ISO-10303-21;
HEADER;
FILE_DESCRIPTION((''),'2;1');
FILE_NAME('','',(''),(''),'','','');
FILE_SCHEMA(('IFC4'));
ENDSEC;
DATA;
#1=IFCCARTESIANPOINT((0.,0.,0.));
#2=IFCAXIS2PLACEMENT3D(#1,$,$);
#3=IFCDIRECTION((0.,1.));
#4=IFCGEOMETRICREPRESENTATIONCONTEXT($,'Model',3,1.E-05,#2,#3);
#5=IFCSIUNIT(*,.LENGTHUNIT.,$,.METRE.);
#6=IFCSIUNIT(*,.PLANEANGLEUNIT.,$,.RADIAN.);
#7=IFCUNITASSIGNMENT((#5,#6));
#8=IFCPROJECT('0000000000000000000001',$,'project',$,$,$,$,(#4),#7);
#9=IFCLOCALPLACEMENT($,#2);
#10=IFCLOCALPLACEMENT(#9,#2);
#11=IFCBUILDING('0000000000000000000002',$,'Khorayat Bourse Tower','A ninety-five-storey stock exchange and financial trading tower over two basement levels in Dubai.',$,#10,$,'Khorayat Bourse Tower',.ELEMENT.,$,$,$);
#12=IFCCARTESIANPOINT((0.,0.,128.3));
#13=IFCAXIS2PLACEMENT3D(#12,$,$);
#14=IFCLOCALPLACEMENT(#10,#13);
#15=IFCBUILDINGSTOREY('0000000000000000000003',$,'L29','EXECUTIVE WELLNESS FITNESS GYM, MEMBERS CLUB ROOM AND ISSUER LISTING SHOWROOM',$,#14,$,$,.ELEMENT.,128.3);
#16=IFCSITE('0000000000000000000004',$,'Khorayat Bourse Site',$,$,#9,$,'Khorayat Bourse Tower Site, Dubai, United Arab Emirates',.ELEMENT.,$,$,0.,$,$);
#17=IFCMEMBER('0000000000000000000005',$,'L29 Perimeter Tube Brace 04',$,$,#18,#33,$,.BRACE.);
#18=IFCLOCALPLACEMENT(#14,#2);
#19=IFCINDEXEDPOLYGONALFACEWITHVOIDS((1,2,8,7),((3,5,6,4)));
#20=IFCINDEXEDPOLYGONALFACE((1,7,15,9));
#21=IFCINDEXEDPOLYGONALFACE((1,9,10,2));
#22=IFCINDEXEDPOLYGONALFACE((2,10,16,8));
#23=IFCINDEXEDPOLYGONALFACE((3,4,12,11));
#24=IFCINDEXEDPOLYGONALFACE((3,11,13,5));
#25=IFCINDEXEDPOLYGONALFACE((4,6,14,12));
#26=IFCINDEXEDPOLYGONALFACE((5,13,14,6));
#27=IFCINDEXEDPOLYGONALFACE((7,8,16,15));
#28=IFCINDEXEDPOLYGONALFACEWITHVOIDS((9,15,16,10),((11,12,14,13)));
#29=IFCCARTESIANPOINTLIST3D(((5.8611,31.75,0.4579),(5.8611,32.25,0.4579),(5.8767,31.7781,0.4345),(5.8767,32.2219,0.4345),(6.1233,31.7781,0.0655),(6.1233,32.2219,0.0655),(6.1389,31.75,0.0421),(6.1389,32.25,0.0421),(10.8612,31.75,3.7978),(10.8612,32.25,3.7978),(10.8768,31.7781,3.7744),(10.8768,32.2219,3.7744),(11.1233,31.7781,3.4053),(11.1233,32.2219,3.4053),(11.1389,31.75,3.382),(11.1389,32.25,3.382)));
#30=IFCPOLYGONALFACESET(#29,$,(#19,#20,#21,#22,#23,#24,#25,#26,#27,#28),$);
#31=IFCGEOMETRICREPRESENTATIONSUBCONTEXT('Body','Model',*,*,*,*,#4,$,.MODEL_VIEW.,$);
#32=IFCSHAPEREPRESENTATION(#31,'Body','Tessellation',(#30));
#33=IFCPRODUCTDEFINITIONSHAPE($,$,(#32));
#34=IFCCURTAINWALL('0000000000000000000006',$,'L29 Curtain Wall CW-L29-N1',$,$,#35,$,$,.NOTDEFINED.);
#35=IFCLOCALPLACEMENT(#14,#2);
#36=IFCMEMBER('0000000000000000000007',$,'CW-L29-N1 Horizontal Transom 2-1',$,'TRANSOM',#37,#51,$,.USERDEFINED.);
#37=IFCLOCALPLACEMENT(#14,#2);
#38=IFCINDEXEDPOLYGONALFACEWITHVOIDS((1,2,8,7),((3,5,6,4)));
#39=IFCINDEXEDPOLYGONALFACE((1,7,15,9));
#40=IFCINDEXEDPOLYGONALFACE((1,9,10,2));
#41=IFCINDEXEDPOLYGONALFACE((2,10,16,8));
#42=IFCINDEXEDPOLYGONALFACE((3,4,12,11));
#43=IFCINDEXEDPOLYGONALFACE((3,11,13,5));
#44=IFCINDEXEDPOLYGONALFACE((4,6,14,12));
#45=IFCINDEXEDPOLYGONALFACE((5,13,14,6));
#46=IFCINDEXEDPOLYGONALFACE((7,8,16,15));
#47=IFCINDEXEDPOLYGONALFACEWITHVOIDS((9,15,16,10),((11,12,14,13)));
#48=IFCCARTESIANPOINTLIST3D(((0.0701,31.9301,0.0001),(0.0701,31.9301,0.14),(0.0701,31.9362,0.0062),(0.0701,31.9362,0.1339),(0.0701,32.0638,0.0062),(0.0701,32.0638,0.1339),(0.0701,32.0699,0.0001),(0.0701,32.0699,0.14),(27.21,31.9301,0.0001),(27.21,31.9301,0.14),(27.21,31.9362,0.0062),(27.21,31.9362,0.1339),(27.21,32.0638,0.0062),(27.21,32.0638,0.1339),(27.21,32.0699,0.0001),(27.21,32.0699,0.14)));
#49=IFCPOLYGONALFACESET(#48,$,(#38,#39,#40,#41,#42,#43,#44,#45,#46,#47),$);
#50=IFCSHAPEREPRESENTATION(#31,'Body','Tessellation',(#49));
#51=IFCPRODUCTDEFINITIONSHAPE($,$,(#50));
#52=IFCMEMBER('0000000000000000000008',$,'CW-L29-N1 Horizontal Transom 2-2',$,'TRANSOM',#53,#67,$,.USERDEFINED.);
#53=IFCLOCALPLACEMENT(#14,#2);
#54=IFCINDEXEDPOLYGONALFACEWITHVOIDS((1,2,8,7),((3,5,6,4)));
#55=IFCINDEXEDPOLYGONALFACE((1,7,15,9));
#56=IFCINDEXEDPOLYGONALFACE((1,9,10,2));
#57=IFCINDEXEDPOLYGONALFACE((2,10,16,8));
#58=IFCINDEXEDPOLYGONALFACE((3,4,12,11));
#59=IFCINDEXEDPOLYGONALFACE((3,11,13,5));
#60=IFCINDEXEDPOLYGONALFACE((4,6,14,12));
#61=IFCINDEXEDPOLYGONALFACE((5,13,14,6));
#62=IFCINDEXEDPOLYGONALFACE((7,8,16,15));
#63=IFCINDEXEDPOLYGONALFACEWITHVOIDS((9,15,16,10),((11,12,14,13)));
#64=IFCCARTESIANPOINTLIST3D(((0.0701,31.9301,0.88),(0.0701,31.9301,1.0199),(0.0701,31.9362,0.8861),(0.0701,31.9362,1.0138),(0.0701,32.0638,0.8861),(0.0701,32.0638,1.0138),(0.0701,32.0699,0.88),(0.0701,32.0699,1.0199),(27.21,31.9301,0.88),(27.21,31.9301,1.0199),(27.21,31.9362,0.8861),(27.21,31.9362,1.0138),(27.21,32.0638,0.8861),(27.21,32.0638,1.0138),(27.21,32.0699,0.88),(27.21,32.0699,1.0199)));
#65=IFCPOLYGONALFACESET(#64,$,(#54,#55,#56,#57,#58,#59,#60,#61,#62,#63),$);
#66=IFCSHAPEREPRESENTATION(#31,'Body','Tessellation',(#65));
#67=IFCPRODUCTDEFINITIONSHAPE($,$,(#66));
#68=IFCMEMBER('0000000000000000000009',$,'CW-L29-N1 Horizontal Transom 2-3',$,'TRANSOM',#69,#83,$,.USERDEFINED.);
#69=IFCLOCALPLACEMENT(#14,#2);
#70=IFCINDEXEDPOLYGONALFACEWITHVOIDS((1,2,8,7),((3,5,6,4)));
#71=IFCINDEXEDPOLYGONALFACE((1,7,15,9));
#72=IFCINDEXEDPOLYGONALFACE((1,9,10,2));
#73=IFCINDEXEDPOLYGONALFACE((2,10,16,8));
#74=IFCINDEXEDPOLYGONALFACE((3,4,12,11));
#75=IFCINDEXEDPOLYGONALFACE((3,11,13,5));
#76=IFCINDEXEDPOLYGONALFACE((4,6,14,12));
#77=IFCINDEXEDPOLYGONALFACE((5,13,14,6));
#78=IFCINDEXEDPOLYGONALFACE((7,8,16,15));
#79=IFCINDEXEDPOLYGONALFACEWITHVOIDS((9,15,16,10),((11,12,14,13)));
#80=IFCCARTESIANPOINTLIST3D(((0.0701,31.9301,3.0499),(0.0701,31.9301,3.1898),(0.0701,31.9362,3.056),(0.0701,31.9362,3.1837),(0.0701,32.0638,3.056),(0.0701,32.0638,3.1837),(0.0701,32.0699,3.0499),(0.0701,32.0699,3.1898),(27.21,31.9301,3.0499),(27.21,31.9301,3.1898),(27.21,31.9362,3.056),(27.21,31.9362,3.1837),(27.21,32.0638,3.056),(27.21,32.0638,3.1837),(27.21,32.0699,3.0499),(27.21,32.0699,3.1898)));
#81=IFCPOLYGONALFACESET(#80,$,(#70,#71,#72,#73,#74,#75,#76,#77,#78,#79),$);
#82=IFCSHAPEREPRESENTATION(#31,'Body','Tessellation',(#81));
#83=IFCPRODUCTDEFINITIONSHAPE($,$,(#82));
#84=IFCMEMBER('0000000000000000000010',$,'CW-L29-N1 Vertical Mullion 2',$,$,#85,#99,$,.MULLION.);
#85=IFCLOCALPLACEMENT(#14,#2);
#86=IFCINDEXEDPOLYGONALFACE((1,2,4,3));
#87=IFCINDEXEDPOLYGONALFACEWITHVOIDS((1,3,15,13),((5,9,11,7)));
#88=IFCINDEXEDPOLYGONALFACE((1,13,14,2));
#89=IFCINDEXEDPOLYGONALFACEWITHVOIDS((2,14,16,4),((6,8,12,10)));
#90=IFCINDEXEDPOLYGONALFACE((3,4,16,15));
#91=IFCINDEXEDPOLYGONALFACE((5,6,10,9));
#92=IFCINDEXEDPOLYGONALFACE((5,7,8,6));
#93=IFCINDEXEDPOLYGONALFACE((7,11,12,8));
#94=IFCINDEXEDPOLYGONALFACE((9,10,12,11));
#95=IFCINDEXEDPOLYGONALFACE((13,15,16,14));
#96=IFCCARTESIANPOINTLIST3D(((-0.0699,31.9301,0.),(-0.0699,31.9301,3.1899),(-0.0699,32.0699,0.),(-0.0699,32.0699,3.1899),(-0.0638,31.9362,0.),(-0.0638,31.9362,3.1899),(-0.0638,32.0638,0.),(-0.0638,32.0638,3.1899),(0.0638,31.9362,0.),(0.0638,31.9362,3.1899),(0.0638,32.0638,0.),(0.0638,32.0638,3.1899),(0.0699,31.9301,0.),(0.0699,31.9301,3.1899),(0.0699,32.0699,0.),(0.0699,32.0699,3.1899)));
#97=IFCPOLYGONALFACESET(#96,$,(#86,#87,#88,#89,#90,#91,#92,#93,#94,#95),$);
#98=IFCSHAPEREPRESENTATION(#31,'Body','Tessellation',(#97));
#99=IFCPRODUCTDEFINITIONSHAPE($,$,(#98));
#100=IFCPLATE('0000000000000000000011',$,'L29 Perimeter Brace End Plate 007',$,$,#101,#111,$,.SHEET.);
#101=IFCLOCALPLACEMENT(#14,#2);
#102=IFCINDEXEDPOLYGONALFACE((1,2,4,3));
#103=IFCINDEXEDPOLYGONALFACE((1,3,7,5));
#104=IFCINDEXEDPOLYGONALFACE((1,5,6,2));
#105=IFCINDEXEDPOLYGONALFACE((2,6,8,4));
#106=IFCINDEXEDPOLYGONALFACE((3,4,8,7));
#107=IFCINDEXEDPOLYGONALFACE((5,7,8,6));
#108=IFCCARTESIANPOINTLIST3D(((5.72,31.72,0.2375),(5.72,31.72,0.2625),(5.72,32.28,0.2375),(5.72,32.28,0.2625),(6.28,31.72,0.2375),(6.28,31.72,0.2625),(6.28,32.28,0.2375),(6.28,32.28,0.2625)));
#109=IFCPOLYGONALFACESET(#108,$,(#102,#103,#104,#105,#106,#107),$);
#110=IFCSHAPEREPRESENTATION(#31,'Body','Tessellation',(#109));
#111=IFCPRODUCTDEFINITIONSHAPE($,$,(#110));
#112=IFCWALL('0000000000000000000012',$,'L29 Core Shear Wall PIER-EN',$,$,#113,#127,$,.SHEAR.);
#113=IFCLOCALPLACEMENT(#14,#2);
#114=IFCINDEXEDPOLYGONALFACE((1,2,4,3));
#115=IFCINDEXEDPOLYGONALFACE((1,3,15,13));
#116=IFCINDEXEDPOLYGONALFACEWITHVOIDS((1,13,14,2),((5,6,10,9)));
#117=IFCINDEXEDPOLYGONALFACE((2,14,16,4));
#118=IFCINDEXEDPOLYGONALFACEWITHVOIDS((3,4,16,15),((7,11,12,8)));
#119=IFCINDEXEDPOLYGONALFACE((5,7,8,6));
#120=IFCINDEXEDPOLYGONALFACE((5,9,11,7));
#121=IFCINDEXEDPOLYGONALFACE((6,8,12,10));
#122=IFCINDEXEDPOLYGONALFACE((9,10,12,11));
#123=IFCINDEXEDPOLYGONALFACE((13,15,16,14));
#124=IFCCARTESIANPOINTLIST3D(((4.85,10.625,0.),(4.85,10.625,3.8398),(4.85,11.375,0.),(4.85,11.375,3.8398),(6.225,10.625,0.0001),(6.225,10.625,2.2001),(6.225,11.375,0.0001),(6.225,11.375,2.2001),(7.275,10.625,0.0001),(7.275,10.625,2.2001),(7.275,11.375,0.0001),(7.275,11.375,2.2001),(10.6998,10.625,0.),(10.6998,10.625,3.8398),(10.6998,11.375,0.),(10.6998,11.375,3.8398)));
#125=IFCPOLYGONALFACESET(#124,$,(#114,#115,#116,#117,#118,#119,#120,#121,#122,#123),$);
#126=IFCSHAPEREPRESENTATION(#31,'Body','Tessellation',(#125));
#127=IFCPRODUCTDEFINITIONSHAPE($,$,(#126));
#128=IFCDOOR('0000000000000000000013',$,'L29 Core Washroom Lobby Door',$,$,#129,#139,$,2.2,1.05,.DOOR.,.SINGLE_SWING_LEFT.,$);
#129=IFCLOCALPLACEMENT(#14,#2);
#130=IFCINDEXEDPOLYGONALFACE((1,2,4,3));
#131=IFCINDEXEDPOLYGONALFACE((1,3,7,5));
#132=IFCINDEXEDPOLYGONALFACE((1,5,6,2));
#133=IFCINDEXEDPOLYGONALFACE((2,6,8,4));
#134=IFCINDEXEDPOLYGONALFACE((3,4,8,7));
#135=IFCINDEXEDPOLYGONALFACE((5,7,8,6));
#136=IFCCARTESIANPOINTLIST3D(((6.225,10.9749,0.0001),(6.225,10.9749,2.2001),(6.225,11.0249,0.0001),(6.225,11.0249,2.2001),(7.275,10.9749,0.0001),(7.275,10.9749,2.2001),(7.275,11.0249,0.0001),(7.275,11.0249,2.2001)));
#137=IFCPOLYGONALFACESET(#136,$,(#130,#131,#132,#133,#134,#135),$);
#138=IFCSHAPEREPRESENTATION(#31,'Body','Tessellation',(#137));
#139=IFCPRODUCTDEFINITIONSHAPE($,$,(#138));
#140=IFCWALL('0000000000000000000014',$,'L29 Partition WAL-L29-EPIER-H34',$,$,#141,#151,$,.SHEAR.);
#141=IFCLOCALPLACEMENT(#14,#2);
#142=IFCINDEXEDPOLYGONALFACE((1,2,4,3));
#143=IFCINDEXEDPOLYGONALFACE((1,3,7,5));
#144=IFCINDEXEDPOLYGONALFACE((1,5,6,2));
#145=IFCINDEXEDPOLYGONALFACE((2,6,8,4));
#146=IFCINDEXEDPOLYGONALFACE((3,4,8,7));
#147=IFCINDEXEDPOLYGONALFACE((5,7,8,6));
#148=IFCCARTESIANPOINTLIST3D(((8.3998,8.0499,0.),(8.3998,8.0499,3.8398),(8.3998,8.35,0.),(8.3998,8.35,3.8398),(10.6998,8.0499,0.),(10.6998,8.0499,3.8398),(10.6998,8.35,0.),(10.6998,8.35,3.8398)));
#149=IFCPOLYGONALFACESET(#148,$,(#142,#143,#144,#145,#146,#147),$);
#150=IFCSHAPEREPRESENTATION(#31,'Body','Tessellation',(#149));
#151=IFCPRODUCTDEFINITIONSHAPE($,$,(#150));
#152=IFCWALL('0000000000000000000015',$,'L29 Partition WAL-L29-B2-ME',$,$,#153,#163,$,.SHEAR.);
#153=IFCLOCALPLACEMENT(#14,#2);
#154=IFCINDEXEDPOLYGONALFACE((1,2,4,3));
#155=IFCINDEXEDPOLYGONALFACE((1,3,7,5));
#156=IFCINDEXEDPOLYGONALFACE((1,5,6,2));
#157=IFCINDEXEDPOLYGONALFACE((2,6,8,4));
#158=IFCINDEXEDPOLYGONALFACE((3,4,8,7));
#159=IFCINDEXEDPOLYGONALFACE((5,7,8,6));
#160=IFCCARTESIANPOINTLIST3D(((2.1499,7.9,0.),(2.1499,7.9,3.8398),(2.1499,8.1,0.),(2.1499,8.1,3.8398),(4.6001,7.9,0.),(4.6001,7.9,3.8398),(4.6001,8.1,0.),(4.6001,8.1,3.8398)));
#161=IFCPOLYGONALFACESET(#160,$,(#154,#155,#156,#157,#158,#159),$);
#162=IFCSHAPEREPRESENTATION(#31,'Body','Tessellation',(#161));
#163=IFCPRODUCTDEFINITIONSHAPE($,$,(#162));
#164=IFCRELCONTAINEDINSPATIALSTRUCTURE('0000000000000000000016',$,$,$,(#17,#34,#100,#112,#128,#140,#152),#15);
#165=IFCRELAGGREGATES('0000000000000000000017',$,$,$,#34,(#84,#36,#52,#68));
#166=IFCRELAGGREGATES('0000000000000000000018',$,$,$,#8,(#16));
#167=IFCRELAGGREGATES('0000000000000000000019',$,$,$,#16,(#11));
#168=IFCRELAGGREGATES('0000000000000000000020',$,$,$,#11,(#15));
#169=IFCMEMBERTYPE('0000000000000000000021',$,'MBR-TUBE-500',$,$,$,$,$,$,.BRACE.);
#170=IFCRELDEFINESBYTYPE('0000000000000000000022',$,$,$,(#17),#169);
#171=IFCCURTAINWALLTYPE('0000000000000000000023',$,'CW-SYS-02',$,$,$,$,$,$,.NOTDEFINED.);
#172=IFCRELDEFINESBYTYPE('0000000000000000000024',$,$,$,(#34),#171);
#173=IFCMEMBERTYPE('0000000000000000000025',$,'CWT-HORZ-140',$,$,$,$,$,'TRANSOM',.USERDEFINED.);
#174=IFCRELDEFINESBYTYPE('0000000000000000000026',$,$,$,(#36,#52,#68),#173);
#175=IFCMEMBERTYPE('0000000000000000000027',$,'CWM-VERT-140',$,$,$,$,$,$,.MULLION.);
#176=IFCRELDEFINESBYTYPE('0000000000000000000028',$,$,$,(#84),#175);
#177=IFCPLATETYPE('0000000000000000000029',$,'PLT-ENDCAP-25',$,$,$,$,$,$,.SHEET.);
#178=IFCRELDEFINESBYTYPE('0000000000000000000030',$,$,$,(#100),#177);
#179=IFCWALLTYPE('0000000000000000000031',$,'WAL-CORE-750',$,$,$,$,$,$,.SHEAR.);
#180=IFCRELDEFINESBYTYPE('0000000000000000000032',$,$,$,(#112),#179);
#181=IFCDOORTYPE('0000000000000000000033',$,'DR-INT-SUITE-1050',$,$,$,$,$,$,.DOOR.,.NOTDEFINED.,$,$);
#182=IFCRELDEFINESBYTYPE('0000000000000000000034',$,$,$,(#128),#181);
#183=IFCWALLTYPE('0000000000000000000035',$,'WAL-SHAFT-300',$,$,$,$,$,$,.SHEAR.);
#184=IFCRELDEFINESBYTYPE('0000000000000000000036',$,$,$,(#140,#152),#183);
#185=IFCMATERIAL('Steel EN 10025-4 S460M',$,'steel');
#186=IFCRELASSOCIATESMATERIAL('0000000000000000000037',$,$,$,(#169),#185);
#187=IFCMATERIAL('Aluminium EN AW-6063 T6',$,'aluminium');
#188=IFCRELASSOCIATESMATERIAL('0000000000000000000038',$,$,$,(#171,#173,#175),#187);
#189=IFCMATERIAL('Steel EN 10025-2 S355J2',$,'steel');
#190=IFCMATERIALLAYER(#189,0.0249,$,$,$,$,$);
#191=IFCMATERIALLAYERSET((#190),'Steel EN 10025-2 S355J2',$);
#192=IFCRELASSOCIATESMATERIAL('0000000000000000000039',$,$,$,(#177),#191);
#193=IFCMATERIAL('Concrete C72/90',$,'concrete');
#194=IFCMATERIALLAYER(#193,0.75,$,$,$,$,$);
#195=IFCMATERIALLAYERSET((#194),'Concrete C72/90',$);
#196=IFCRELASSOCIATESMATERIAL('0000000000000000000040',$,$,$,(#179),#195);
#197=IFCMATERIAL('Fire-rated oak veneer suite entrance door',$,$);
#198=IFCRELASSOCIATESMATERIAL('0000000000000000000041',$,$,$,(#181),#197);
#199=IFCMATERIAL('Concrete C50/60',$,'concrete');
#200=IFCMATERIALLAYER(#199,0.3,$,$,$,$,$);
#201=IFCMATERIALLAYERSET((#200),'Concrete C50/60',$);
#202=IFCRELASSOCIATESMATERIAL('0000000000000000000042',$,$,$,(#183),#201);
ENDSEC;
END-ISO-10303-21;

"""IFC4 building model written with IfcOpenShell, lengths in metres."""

from ifc_helpers import new_model, si_unit, direction, frame, frame_2d, origin, origin_2d, place, context, subcontext, project, spatial, rectangle, hollow_rectangle, extrude, source, transform, mapped, material, layer, layer_set, material_profile, profile_set, type_object, element, fill, aggregate, save


model = new_model("IFC4")

# Units and contexts
model_context = context("Model", 3, precision=1e-05, world=origin(), true_north=direction((0.0, 1.0)))
body_context = subcontext(model_context, "Body", "Model", "MODEL_VIEW")
ifc_project = project(units=[si_unit("LENGTHUNIT", "METRE"), si_unit("PLANEANGLEUNIT", "RADIAN")], contexts=[model_context])

# Site, building, storey
site_placement = place(None, origin())
site = spatial("IfcSite", under=ifc_project, at=site_placement, Name="Khorayat Bourse Site", LongName="Khorayat Bourse Tower Site, Dubai, United Arab Emirates", CompositionType="ELEMENT", RefElevation=0.0)
building_placement = place(site_placement, origin())
building = spatial("IfcBuilding", under=site, at=building_placement, Name="Khorayat Bourse Tower", Description="A ninety-five-storey stock exchange and financial trading tower over two basement levels in Dubai.", LongName="Khorayat Bourse Tower", CompositionType="ELEMENT")
storey_placement = place(building_placement, frame((0.0, 0.0, 128.3)))
storey = spatial("IfcBuildingStorey", under=building, at=storey_placement, Name="L29", Description="EXECUTIVE WELLNESS FITNESS GYM, MEMBERS CLUB ROOM AND ISSUER LISTING SHOWROOM", CompositionType="ELEMENT", Elevation=128.3)

# Shared definitions
ifc_material_1 = material(Name="Steel EN 10025-4 S460M", Category="steel")
ifc_material_2 = material(Name="Concrete C72/90", Category="concrete")

# Member
ifc_material_profile_1 = material_profile(ifc_material_1, hollow_rectangle(XDim=0.5, YDim=0.5, WallThickness=0.0281, at=origin_2d()), Name="HSS 500x500x28")
ifc_profile_set_1 = profile_set([ifc_material_profile_1], Name="Steel EN 10025-4 S460M")
member_type_1 = type_object("IfcMemberType", Name="MBR-TUBE-500", PredefinedType="BRACE", material=ifc_profile_set_1)
shared_shape_1 = source(origin(), body_context, "Body", "SweptSolid", [
    extrude(hollow_rectangle(XDim=0.5, YDim=0.5, WallThickness=0.0281, at=origin_2d()), origin(), (0.0, 0.0, 1.0), 6.0129),
])
member_1_placement = place(storey_placement, frame((6.0, 32.0, 0.25), z_axis=(0.83155, 0.0, 0.55545), x_axis=(0.0, 1.0, 0.0)))
element("IfcMember", 1, at=member_1_placement, inside=storey, type_object=member_type_1, Name="L29 Perimeter Tube Brace 04", PredefinedType="BRACE", context=body_context, shape_type="MappedRepresentation", body=[
    mapped(shared_shape_1, transform((0.0, 0.0, 0.0), scale=1.0)),
])

# Curtain wall, members
ifc_material_3 = material(Name="Aluminium EN AW-6063 T6", Category="aluminium")
curtain_wall_type = type_object("IfcCurtainWallType", Name="CW-SYS-02", PredefinedType="NOTDEFINED", material=ifc_material_3)
curtain_wall_placement = place(storey_placement, origin())
curtain_wall = element("IfcCurtainWall", 2, at=curtain_wall_placement, inside=storey, type_object=curtain_wall_type, Name="L29 Curtain Wall CW-L29-N1", PredefinedType="NOTDEFINED")
ifc_material_profile_2 = material_profile(ifc_material_3, hollow_rectangle(XDim=0.1399, YDim=0.1399, WallThickness=0.0061, at=origin_2d()), Name="ALU 140x140x6")
ifc_profile_set_2 = profile_set([ifc_material_profile_2], Name="Aluminium EN AW-6063 T6")
member_type_2 = type_object("IfcMemberType", Name="CWT-HORZ-140", ElementType="TRANSOM", PredefinedType="USERDEFINED", material=ifc_profile_set_2)
shared_shape_2 = source(origin(), body_context, "Body", "SweptSolid", [
    extrude(hollow_rectangle(XDim=0.1399, YDim=0.1399, WallThickness=0.0061, at=origin_2d()), origin(), (0.0, 0.0, 1.0), 27.1399),
])
member_2_placement = place(storey_placement, frame((0.0701, 32.0, 0.0701), z_axis=(1.0, 0.0, 0.0), x_axis=(0.0, 1.0, 0.0)))
member_2 = element("IfcMember", 3, at=member_2_placement, type_object=member_type_2, Name="CW-L29-N1 Horizontal Transom 2-1", ObjectType="TRANSOM", PredefinedType="USERDEFINED", context=body_context, shape_type="MappedRepresentation", body=[
    mapped(shared_shape_2, transform((0.0, 0.0, 0.0), scale=1.0)),
])
member_3_placement = place(storey_placement, frame((0.0701, 32.0, 0.95), z_axis=(1.0, 0.0, 0.0), x_axis=(0.0, 1.0, 0.0)))
member_3 = element("IfcMember", 4, at=member_3_placement, type_object=member_type_2, Name="CW-L29-N1 Horizontal Transom 2-2", ObjectType="TRANSOM", PredefinedType="USERDEFINED", context=body_context, shape_type="MappedRepresentation", body=[
    mapped(shared_shape_2, transform((0.0, 0.0, 0.0), scale=1.0)),
])
member_4_placement = place(storey_placement, frame((0.0701, 32.0, 3.1199), z_axis=(1.0, 0.0, 0.0), x_axis=(0.0, 1.0, 0.0)))
member_4 = element("IfcMember", 5, at=member_4_placement, type_object=member_type_2, Name="CW-L29-N1 Horizontal Transom 2-3", ObjectType="TRANSOM", PredefinedType="USERDEFINED", context=body_context, shape_type="MappedRepresentation", body=[
    mapped(shared_shape_2, transform((0.0, 0.0, 0.0), scale=1.0)),
])
ifc_material_profile_3 = material_profile(ifc_material_3, hollow_rectangle(XDim=0.1399, YDim=0.1399, WallThickness=0.0061, at=origin_2d()), Name="ALU 140x140x6")
ifc_profile_set_3 = profile_set([ifc_material_profile_3], Name="Aluminium EN AW-6063 T6")
member_type_3 = type_object("IfcMemberType", Name="CWM-VERT-140", PredefinedType="MULLION", material=ifc_profile_set_3)
shared_shape_3 = source(origin(), body_context, "Body", "SweptSolid", [
    extrude(hollow_rectangle(XDim=0.1399, YDim=0.1399, WallThickness=0.0061, at=origin_2d()), origin(), (0.0, 0.0, 1.0), 3.1899),
])
member_5_placement = place(storey_placement, frame((0.0, 32.0, 0.0), z_axis=(0.0, 0.0, 1.0), x_axis=(0.0, 1.0, 0.0)))
member_5 = element("IfcMember", 6, at=member_5_placement, type_object=member_type_3, Name="CW-L29-N1 Vertical Mullion 2", PredefinedType="MULLION", context=body_context, shape_type="MappedRepresentation", body=[
    mapped(shared_shape_3, transform((0.0, 0.0, 0.0), scale=1.0)),
])
aggregate(curtain_wall, [member_5, member_2, member_3, member_4])

# Plate
ifc_material_4 = material(Name="Steel EN 10025-2 S355J2", Category="steel")
ifc_layer_1 = layer(ifc_material_4, 0.0249)
ifc_layer_set_1 = layer_set([ifc_layer_1], Name="Steel EN 10025-2 S355J2")
plate_type = type_object("IfcPlateType", Name="PLT-ENDCAP-25", PredefinedType="SHEET", material=ifc_layer_set_1)
shared_shape_4 = source(origin(), body_context, "Body", "SweptSolid", [
    extrude(rectangle(XDim=0.5601, YDim=0.5601, at=origin_2d()), origin(), (0.0, 0.0, 1.0), 0.0249),
])
plate_placement = place(storey_placement, frame((6.0, 32.0, 0.2375), z_axis=(0.0, 0.0, 1.0), x_axis=(1.0, 0.0, 0.0)))
element("IfcPlate", 7, at=plate_placement, inside=storey, type_object=plate_type, Name="L29 Perimeter Brace End Plate 007", PredefinedType="SHEET", context=body_context, shape_type="MappedRepresentation", body=[
    mapped(shared_shape_4, transform((0.0, 0.0, 0.0), scale=1.0)),
])

# Wall, opening, door
ifc_layer_2 = layer(ifc_material_2, 0.75)
ifc_layer_set_2 = layer_set([ifc_layer_2], Name="Concrete C72/90")
wall_type_1 = type_object("IfcWallType", Name="WAL-CORE-750", PredefinedType="SHEAR", material=ifc_layer_set_2)
shared_shape_5 = source(origin(), body_context, "Body", "SweptSolid", [
    extrude(rectangle(XDim=5.8499, YDim=0.75, at=frame_2d((2.9248, 0.0))), origin(), (0.0, 0.0, 1.0), 3.8398),
])
wall_1_placement = place(storey_placement, frame((4.8501, 11.0, 0.0), z_axis=(0.0, 0.0, 1.0), x_axis=(1.0, 0.0, 0.0)))
wall_1 = element("IfcWall", 8, at=wall_1_placement, inside=storey, type_object=wall_type_1, Name="L29 Core Shear Wall PIER-EN", PredefinedType="SHEAR", context=body_context, shape_type="MappedRepresentation", body=[
    mapped(shared_shape_5, transform((0.0, 0.0, 0.0), scale=1.0)),
])
shared_shape_6 = source(origin(), body_context, "Body", "SweptSolid", [
    extrude(rectangle(XDim=1.05, YDim=2.2, at=frame_2d((0.5249, 1.1001))), frame((0.0, 0.385, 0.0), z_axis=(0.0, -1.0, 0.0), x_axis=(1.0, 0.0, 0.0)), (0.0, 0.0, 1.0), 0.77),
])
opening_1_placement = place(wall_1_placement, frame((1.375, 0.0, 0.0)))
opening_1 = element("IfcOpeningElement", 9, at=opening_1_placement, cuts=wall_1, PredefinedType="OPENING", context=body_context, shape_type="MappedRepresentation", body=[
    mapped(shared_shape_6, transform((0.0, 0.0, 0.0), scale=1.0)),
])
ifc_material_5 = material(Name="Fire-rated oak veneer suite entrance door")
door_type_1 = type_object("IfcDoorType", Name="DR-INT-SUITE-1050", OperationType="NOTDEFINED", PredefinedType="DOOR", material=ifc_material_5)
shared_shape_7 = source(origin(), body_context, "Body", "SweptSolid", [
    extrude(rectangle(XDim=1.05, YDim=2.2, at=frame_2d((0.5249, 1.1001))), frame((0.0, 0.0249, 0.0), z_axis=(0.0, -1.0, 0.0), x_axis=(1.0, 0.0, 0.0)), (0.0, 0.0, 1.0), 0.05),
])
door_1_placement = place(opening_1_placement, origin())
door_1 = element("IfcDoor", 10, at=door_1_placement, inside=storey, type_object=door_type_1, Name="L29 Core Washroom Lobby Door", OperationType="SINGLE_SWING_LEFT", OverallHeight=2.2, OverallWidth=1.05, PredefinedType="DOOR", context=body_context, shape_type="MappedRepresentation", body=[
    mapped(shared_shape_7, transform((0.0, 0.0, 0.0), scale=1.0)),
])
fill(opening_1, door_1)

# Wall
ifc_material_6 = material(Name="Concrete C50/60", Category="concrete")
ifc_layer_3 = layer(ifc_material_6, 0.3)
ifc_layer_set_3 = layer_set([ifc_layer_3], Name="Concrete C50/60")
wall_type_2 = type_object("IfcWallType", Name="WAL-SHAFT-300", PredefinedType="SHEAR", material=ifc_layer_set_3)
shared_shape_8 = source(origin(), body_context, "Body", "SweptSolid", [
    extrude(rectangle(XDim=2.3, YDim=0.3, at=frame_2d((1.1499, 0.0))), origin(), (0.0, 0.0, 1.0), 3.8398),
])
wall_2_placement = place(storey_placement, frame((8.3999, 8.2, 0.0), z_axis=(0.0, 0.0, 1.0), x_axis=(1.0, 0.0, 0.0)))
element("IfcWall", 11, at=wall_2_placement, inside=storey, type_object=wall_type_2, Name="L29 Partition WAL-L29-EPIER-H34", PredefinedType="SHEAR", context=body_context, shape_type="MappedRepresentation", body=[
    mapped(shared_shape_8, transform((0.0, 0.0, 0.0), scale=1.0)),
])

# Wall
shared_shape_9 = source(origin(), body_context, "Body", "SweptSolid", [
    extrude(rectangle(XDim=2.4502, YDim=0.2, at=frame_2d((1.2251, 0.0))), origin(), (0.0, 0.0, 1.0), 3.8398),
])
wall_3_placement = place(storey_placement, frame((2.1499, 8.0, 0.0), z_axis=(0.0, 0.0, 1.0), x_axis=(1.0, 0.0, 0.0)))
element("IfcWall", 12, at=wall_3_placement, inside=storey, type_object=wall_type_2, Name="L29 Partition WAL-L29-B2-ME", PredefinedType="SHEAR", context=body_context, shape_type="MappedRepresentation", body=[
    mapped(shared_shape_9, transform((0.0, 0.0, 0.0), scale=1.0)),
])

save(model, "model.ifc")
